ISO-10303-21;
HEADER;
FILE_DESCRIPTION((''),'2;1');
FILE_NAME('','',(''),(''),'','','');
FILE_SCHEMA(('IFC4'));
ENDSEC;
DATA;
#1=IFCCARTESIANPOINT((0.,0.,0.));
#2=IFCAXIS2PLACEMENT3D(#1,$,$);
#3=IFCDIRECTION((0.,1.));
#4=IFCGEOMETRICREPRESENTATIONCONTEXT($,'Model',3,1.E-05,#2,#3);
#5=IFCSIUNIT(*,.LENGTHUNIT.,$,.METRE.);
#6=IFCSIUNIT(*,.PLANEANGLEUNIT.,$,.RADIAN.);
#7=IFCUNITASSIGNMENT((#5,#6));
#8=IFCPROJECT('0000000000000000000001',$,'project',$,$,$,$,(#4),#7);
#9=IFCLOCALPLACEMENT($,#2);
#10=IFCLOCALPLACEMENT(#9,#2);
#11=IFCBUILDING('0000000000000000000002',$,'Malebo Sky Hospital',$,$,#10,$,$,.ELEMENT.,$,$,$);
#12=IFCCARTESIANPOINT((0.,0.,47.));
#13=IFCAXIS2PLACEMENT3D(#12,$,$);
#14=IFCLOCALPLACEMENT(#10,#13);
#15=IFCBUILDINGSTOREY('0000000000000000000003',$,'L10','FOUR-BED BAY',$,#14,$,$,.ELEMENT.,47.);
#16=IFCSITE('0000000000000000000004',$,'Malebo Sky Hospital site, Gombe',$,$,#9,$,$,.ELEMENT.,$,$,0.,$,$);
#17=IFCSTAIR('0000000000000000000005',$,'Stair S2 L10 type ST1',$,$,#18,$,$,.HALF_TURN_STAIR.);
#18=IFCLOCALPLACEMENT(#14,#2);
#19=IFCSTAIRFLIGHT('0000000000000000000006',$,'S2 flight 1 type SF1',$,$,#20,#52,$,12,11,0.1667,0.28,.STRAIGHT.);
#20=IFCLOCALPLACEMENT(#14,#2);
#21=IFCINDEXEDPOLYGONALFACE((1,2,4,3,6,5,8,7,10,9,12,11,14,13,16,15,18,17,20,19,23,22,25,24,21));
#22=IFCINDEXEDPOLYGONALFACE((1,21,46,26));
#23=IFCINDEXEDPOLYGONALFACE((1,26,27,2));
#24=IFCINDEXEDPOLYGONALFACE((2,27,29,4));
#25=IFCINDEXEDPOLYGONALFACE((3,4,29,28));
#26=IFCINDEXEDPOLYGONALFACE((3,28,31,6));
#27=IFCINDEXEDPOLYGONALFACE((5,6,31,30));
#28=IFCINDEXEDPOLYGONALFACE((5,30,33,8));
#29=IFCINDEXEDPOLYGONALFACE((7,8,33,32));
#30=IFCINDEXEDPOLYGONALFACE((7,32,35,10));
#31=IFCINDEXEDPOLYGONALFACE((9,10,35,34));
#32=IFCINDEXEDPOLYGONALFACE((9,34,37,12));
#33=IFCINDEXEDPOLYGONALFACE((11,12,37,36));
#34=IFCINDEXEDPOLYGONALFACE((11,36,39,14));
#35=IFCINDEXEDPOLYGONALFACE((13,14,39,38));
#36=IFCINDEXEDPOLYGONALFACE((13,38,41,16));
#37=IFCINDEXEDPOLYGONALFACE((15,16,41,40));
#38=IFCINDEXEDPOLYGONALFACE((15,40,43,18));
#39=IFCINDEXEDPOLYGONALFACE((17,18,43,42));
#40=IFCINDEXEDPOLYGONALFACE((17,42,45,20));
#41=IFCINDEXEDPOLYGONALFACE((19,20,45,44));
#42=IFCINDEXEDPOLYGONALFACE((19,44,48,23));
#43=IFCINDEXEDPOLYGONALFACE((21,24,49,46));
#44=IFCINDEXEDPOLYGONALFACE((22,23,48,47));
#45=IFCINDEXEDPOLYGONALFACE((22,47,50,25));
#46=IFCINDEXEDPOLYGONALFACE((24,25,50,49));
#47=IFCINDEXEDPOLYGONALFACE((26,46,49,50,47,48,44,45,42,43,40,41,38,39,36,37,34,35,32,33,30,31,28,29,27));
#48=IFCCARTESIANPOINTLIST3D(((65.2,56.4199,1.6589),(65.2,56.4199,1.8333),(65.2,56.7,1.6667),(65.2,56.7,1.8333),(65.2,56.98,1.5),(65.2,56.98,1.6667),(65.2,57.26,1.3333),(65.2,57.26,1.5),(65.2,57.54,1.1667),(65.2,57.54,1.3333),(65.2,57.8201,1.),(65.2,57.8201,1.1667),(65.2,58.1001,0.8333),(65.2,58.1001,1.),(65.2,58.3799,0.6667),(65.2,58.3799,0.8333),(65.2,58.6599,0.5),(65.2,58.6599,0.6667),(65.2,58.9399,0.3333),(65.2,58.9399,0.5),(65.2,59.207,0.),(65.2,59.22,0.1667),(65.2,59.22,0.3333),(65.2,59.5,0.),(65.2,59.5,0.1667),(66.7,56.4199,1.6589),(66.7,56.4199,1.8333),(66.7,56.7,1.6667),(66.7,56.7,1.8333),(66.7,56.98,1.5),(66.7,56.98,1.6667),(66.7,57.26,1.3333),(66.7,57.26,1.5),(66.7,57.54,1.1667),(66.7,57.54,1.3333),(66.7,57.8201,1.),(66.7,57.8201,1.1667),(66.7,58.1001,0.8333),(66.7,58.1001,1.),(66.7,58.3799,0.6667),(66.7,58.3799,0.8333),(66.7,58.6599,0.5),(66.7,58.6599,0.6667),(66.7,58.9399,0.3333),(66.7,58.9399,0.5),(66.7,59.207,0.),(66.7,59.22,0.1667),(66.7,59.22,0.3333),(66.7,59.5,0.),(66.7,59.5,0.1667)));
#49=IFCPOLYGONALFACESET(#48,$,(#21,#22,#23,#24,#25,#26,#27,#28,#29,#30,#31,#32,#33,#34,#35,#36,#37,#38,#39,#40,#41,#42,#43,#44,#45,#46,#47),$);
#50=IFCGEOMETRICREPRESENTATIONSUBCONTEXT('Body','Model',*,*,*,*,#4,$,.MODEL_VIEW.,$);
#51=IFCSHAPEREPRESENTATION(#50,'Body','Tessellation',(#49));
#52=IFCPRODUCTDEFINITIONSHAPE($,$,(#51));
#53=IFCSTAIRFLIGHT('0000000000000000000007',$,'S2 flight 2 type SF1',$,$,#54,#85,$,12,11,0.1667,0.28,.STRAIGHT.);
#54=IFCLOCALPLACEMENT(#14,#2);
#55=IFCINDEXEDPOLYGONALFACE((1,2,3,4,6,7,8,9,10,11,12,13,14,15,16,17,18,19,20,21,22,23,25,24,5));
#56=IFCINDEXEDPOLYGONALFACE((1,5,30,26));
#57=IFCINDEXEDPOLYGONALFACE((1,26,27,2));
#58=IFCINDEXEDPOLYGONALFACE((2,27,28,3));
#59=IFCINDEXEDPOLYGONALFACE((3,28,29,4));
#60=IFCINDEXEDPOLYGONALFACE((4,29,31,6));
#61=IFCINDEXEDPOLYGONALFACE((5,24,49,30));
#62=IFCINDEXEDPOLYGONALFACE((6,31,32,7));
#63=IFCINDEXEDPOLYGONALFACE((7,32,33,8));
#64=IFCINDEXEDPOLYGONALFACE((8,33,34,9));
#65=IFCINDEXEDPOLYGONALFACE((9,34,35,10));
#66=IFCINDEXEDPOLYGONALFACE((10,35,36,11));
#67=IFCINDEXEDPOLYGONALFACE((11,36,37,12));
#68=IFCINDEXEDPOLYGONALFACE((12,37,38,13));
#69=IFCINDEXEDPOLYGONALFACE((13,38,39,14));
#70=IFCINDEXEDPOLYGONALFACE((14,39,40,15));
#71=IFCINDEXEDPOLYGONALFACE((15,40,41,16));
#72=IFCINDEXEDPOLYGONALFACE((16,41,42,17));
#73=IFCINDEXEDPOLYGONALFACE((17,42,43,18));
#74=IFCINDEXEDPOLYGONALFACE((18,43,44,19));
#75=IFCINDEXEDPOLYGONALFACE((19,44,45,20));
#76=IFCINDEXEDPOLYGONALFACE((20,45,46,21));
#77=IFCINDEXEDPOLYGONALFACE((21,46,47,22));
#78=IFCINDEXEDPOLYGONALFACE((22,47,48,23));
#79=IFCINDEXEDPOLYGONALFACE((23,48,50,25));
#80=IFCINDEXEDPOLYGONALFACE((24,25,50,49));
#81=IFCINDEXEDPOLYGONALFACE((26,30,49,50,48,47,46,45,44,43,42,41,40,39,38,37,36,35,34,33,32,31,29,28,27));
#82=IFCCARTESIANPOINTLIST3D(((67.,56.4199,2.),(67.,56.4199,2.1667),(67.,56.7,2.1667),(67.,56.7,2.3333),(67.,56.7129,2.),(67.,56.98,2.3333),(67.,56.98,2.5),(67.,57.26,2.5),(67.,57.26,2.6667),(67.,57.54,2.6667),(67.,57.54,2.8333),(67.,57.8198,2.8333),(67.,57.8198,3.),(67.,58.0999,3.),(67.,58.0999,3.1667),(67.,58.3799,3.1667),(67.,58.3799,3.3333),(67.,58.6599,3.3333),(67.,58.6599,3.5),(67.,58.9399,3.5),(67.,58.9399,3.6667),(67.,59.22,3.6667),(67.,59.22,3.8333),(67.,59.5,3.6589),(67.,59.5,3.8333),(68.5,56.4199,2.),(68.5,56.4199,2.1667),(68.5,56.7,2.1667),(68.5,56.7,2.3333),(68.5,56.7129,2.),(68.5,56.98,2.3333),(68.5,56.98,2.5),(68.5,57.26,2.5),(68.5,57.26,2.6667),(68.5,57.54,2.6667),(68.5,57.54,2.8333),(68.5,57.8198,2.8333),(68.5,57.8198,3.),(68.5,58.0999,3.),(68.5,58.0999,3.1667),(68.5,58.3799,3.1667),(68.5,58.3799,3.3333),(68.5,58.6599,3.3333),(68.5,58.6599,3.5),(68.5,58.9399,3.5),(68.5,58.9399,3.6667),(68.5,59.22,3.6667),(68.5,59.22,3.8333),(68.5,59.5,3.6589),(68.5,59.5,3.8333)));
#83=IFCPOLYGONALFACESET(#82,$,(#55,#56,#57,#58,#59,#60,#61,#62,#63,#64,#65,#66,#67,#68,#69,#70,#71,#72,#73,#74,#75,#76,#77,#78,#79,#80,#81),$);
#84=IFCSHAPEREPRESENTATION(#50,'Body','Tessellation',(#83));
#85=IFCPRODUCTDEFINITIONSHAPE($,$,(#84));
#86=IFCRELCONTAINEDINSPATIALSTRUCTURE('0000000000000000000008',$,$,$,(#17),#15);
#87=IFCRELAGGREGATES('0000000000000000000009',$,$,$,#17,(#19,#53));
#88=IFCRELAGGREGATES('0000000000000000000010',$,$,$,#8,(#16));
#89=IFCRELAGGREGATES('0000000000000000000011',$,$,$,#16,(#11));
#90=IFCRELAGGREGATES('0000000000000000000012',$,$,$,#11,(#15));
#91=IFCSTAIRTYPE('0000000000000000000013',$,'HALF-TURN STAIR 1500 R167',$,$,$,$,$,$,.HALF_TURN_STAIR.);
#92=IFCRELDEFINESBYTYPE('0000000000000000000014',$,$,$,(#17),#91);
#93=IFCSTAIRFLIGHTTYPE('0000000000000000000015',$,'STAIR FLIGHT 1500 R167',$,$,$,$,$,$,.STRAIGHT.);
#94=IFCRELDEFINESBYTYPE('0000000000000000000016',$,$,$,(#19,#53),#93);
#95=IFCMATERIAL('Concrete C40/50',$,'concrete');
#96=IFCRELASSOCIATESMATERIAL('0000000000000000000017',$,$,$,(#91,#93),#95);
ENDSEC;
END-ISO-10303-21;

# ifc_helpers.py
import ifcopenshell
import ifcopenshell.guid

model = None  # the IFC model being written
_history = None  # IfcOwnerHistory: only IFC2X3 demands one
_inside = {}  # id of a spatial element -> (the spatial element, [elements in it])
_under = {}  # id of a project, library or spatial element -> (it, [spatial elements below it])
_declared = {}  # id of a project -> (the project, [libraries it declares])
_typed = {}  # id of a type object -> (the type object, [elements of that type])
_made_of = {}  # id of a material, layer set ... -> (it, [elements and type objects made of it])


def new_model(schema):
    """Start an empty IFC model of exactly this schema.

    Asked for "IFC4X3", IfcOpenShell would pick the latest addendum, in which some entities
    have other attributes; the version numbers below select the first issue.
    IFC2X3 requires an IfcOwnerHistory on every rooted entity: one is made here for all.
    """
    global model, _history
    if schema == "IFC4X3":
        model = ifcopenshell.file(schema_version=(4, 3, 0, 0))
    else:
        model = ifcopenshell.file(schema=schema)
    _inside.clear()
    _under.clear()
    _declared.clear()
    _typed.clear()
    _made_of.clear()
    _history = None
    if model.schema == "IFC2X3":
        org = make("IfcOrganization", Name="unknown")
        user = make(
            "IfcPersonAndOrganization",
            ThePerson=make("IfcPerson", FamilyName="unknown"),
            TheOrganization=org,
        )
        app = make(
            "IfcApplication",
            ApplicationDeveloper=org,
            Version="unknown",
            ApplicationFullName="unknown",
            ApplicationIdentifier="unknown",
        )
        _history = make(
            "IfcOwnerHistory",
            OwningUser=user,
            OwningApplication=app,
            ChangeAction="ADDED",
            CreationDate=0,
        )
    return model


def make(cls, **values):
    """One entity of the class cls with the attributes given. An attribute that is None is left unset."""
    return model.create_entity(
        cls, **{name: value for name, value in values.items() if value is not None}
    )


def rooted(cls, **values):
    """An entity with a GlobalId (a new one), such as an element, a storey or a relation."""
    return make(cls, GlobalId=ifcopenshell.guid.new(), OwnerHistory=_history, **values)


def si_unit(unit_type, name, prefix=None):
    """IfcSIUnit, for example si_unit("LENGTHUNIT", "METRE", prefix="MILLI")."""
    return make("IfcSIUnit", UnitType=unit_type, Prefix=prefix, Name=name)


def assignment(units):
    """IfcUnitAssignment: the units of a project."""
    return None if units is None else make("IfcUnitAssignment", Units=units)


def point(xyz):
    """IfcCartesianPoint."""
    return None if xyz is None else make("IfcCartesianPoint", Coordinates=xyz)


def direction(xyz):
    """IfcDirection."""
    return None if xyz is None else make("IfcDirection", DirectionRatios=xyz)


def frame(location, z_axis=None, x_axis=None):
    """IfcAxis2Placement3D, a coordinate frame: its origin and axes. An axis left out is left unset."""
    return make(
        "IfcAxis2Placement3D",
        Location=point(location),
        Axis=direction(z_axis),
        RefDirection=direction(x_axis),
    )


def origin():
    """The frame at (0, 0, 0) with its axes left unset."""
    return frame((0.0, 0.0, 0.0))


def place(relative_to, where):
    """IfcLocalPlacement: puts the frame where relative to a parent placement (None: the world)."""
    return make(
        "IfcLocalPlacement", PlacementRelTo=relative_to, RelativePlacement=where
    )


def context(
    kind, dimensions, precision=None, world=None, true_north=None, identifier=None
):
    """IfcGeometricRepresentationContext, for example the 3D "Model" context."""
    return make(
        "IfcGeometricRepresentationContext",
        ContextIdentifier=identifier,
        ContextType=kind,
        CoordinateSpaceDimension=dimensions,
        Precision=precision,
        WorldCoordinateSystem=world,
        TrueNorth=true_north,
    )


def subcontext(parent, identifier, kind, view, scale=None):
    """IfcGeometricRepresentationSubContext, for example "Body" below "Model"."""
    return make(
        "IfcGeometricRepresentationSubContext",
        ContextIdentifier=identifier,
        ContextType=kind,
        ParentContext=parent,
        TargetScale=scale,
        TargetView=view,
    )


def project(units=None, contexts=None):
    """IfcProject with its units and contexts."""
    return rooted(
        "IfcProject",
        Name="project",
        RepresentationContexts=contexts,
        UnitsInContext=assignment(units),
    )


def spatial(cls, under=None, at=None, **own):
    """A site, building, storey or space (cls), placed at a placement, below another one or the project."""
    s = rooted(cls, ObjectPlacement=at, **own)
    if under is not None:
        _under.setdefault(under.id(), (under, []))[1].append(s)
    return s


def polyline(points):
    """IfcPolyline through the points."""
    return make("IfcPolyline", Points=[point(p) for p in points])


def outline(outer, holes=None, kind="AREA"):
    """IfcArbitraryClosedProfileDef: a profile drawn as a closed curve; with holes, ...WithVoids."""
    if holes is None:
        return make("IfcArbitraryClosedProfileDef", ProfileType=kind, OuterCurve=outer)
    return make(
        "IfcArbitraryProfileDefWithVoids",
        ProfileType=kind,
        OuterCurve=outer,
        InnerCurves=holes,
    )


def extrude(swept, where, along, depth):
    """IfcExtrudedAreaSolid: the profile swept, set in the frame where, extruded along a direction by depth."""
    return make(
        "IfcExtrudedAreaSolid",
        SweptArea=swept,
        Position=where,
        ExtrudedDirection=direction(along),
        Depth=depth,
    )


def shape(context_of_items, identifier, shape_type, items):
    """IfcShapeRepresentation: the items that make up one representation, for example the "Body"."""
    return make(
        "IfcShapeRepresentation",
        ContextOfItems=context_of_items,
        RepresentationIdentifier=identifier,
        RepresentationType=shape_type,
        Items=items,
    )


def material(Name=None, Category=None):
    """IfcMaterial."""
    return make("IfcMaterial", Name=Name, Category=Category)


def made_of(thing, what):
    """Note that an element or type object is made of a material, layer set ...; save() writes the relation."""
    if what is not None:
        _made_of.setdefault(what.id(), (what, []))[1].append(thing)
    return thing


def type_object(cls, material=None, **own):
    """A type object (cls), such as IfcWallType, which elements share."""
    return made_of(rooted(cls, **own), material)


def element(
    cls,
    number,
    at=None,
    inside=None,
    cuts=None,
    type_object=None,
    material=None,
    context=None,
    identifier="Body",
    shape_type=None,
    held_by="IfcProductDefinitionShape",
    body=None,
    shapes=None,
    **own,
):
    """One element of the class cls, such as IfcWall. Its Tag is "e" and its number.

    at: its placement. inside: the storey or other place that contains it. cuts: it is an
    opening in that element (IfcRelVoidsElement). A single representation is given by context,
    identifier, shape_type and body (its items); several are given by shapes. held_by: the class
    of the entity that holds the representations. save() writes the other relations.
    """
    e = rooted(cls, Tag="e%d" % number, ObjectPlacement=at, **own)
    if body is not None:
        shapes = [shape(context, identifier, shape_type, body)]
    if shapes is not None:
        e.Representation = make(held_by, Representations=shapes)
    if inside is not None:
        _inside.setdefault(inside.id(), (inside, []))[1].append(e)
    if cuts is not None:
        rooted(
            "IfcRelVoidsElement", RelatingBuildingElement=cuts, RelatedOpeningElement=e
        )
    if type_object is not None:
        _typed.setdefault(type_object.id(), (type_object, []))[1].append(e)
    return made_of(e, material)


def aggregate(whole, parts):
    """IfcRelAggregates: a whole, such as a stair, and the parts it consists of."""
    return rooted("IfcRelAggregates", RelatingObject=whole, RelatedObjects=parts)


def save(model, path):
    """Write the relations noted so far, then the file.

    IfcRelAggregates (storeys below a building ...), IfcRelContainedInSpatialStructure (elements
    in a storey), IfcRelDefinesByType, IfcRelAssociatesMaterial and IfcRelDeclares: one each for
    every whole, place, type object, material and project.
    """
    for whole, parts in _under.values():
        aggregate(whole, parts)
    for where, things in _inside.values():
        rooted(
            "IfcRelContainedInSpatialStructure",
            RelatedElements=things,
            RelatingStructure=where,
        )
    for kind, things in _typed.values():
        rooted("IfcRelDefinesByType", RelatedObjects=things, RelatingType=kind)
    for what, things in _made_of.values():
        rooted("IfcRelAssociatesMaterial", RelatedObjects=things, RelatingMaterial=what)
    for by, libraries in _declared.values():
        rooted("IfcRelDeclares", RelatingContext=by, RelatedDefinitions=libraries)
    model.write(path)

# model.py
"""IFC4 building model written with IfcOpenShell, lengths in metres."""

from ifc_helpers import new_model, si_unit, direction, frame, origin, place, context, subcontext, project, spatial, polyline, outline, extrude, material, type_object, element, aggregate, save


model = new_model("IFC4")

# Units and contexts
model_context = context("Model", 3, precision=1e-05, world=origin(), true_north=direction((0.0, 1.0)))
body_context = subcontext(model_context, "Body", "Model", "MODEL_VIEW")
ifc_project = project(units=[si_unit("LENGTHUNIT", "METRE"), si_unit("PLANEANGLEUNIT", "RADIAN")], contexts=[model_context])

# Site, building, storey
site_placement = place(None, origin())
site = spatial("IfcSite", under=ifc_project, at=site_placement, Name="Malebo Sky Hospital site, Gombe", CompositionType="ELEMENT", RefElevation=0.0)
building_placement = place(site_placement, origin())
building = spatial("IfcBuilding", under=site, at=building_placement, Name="Malebo Sky Hospital", CompositionType="ELEMENT")
storey_placement = place(building_placement, frame((0.0, 0.0, 47.0)))
storey = spatial("IfcBuildingStorey", under=building, at=storey_placement, Name="L10", Description="FOUR-BED BAY", CompositionType="ELEMENT", Elevation=47.0)

# Stair, stair flights
ifc_material_1 = material(Name="Concrete C40/50", Category="concrete")
stair_type = type_object("IfcStairType", Name="HALF-TURN STAIR 1500 R167", PredefinedType="HALF_TURN_STAIR", material=ifc_material_1)
stair_placement = place(storey_placement, origin())
stair = element("IfcStair", 1, at=stair_placement, inside=storey, type_object=stair_type, Name="Stair S2 L10 type ST1", PredefinedType="HALF_TURN_STAIR")
stair_flight_type = type_object("IfcStairFlightType", Name="STAIR FLIGHT 1500 R167", PredefinedType="STRAIGHT", material=ifc_material_1)
stair_flight_1_placement = place(storey_placement, frame((65.95, 59.5, 0.0), z_axis=(0.0, 0.0, 1.0), x_axis=(0.0, -1.0, 0.0)))
stair_flight_1 = element("IfcStairFlight", 2, at=stair_flight_1_placement, type_object=stair_flight_type, Name="S2 flight 1 type SF1", NumberOfRisers=12, NumberOfTreads=11, PredefinedType="STRAIGHT", RiserHeight=0.1667, TreadLength=0.28, context=body_context, shape_type="SweptSolid", body=[
    extrude(outline(polyline([(0.0, 0.0), (0.0, 0.1667), (0.28, 0.1667), (0.28, 0.3333), (0.5601, 0.3333), (0.5601, 0.5), (0.8401, 0.5), (0.8401, 0.6667), (1.1201, 0.6667), (1.1201, 0.8333), (1.3999, 0.8333), (1.3999, 1.0), (1.6799, 1.0), (1.6799, 1.1667), (1.96, 1.1667), (1.96, 1.3333), (2.24, 1.3333), (2.24, 1.5), (2.52, 1.5), (2.52, 1.6667), (2.8, 1.6667), (2.8, 1.8333), (3.0801, 1.8333), (3.0801, 2.0), (3.0801, 1.6589), (0.293, 0.0), (0.0, 0.0)])), frame((0.0, 0.75, 0.0), z_axis=(0.0, -1.0, 0.0), x_axis=(1.0, 0.0, 0.0)), (0.0, 0.0, 1.0), 1.5),
])
stair_flight_2_placement = place(storey_placement, frame((67.75, 56.4199, 2.0), z_axis=(0.0, 0.0, 1.0), x_axis=(0.0, 1.0, 0.0)))
stair_flight_2 = element("IfcStairFlight", 3, at=stair_flight_2_placement, type_object=stair_flight_type, Name="S2 flight 2 type SF1", NumberOfRisers=12, NumberOfTreads=11, PredefinedType="STRAIGHT", RiserHeight=0.1667, TreadLength=0.28, context=body_context, shape_type="SweptSolid", body=[
    extrude(outline(polyline([(0.0, 0.0), (0.0, 0.1667), (0.28, 0.1667), (0.28, 0.3333), (0.5601, 0.3333), (0.5601, 0.5), (0.8401, 0.5), (0.8401, 0.6667), (1.1201, 0.6667), (1.1201, 0.8333), (1.3999, 0.8333), (1.3999, 1.0), (1.6799, 1.0), (1.6799, 1.1667), (1.96, 1.1667), (1.96, 1.3333), (2.24, 1.3333), (2.24, 1.5), (2.52, 1.5), (2.52, 1.6667), (2.8, 1.6667), (2.8, 1.8333), (3.0801, 1.8333), (3.0801, 2.0), (3.0801, 1.6589), (0.293, 0.0), (0.0, 0.0)])), frame((0.0, 0.75, 0.0), z_axis=(0.0, -1.0, 0.0), x_axis=(1.0, 0.0, 0.0)), (0.0, 0.0, 1.0), 1.5),
])
aggregate(stair, [stair_flight_1, stair_flight_2])

save(model, "model.ifc")
